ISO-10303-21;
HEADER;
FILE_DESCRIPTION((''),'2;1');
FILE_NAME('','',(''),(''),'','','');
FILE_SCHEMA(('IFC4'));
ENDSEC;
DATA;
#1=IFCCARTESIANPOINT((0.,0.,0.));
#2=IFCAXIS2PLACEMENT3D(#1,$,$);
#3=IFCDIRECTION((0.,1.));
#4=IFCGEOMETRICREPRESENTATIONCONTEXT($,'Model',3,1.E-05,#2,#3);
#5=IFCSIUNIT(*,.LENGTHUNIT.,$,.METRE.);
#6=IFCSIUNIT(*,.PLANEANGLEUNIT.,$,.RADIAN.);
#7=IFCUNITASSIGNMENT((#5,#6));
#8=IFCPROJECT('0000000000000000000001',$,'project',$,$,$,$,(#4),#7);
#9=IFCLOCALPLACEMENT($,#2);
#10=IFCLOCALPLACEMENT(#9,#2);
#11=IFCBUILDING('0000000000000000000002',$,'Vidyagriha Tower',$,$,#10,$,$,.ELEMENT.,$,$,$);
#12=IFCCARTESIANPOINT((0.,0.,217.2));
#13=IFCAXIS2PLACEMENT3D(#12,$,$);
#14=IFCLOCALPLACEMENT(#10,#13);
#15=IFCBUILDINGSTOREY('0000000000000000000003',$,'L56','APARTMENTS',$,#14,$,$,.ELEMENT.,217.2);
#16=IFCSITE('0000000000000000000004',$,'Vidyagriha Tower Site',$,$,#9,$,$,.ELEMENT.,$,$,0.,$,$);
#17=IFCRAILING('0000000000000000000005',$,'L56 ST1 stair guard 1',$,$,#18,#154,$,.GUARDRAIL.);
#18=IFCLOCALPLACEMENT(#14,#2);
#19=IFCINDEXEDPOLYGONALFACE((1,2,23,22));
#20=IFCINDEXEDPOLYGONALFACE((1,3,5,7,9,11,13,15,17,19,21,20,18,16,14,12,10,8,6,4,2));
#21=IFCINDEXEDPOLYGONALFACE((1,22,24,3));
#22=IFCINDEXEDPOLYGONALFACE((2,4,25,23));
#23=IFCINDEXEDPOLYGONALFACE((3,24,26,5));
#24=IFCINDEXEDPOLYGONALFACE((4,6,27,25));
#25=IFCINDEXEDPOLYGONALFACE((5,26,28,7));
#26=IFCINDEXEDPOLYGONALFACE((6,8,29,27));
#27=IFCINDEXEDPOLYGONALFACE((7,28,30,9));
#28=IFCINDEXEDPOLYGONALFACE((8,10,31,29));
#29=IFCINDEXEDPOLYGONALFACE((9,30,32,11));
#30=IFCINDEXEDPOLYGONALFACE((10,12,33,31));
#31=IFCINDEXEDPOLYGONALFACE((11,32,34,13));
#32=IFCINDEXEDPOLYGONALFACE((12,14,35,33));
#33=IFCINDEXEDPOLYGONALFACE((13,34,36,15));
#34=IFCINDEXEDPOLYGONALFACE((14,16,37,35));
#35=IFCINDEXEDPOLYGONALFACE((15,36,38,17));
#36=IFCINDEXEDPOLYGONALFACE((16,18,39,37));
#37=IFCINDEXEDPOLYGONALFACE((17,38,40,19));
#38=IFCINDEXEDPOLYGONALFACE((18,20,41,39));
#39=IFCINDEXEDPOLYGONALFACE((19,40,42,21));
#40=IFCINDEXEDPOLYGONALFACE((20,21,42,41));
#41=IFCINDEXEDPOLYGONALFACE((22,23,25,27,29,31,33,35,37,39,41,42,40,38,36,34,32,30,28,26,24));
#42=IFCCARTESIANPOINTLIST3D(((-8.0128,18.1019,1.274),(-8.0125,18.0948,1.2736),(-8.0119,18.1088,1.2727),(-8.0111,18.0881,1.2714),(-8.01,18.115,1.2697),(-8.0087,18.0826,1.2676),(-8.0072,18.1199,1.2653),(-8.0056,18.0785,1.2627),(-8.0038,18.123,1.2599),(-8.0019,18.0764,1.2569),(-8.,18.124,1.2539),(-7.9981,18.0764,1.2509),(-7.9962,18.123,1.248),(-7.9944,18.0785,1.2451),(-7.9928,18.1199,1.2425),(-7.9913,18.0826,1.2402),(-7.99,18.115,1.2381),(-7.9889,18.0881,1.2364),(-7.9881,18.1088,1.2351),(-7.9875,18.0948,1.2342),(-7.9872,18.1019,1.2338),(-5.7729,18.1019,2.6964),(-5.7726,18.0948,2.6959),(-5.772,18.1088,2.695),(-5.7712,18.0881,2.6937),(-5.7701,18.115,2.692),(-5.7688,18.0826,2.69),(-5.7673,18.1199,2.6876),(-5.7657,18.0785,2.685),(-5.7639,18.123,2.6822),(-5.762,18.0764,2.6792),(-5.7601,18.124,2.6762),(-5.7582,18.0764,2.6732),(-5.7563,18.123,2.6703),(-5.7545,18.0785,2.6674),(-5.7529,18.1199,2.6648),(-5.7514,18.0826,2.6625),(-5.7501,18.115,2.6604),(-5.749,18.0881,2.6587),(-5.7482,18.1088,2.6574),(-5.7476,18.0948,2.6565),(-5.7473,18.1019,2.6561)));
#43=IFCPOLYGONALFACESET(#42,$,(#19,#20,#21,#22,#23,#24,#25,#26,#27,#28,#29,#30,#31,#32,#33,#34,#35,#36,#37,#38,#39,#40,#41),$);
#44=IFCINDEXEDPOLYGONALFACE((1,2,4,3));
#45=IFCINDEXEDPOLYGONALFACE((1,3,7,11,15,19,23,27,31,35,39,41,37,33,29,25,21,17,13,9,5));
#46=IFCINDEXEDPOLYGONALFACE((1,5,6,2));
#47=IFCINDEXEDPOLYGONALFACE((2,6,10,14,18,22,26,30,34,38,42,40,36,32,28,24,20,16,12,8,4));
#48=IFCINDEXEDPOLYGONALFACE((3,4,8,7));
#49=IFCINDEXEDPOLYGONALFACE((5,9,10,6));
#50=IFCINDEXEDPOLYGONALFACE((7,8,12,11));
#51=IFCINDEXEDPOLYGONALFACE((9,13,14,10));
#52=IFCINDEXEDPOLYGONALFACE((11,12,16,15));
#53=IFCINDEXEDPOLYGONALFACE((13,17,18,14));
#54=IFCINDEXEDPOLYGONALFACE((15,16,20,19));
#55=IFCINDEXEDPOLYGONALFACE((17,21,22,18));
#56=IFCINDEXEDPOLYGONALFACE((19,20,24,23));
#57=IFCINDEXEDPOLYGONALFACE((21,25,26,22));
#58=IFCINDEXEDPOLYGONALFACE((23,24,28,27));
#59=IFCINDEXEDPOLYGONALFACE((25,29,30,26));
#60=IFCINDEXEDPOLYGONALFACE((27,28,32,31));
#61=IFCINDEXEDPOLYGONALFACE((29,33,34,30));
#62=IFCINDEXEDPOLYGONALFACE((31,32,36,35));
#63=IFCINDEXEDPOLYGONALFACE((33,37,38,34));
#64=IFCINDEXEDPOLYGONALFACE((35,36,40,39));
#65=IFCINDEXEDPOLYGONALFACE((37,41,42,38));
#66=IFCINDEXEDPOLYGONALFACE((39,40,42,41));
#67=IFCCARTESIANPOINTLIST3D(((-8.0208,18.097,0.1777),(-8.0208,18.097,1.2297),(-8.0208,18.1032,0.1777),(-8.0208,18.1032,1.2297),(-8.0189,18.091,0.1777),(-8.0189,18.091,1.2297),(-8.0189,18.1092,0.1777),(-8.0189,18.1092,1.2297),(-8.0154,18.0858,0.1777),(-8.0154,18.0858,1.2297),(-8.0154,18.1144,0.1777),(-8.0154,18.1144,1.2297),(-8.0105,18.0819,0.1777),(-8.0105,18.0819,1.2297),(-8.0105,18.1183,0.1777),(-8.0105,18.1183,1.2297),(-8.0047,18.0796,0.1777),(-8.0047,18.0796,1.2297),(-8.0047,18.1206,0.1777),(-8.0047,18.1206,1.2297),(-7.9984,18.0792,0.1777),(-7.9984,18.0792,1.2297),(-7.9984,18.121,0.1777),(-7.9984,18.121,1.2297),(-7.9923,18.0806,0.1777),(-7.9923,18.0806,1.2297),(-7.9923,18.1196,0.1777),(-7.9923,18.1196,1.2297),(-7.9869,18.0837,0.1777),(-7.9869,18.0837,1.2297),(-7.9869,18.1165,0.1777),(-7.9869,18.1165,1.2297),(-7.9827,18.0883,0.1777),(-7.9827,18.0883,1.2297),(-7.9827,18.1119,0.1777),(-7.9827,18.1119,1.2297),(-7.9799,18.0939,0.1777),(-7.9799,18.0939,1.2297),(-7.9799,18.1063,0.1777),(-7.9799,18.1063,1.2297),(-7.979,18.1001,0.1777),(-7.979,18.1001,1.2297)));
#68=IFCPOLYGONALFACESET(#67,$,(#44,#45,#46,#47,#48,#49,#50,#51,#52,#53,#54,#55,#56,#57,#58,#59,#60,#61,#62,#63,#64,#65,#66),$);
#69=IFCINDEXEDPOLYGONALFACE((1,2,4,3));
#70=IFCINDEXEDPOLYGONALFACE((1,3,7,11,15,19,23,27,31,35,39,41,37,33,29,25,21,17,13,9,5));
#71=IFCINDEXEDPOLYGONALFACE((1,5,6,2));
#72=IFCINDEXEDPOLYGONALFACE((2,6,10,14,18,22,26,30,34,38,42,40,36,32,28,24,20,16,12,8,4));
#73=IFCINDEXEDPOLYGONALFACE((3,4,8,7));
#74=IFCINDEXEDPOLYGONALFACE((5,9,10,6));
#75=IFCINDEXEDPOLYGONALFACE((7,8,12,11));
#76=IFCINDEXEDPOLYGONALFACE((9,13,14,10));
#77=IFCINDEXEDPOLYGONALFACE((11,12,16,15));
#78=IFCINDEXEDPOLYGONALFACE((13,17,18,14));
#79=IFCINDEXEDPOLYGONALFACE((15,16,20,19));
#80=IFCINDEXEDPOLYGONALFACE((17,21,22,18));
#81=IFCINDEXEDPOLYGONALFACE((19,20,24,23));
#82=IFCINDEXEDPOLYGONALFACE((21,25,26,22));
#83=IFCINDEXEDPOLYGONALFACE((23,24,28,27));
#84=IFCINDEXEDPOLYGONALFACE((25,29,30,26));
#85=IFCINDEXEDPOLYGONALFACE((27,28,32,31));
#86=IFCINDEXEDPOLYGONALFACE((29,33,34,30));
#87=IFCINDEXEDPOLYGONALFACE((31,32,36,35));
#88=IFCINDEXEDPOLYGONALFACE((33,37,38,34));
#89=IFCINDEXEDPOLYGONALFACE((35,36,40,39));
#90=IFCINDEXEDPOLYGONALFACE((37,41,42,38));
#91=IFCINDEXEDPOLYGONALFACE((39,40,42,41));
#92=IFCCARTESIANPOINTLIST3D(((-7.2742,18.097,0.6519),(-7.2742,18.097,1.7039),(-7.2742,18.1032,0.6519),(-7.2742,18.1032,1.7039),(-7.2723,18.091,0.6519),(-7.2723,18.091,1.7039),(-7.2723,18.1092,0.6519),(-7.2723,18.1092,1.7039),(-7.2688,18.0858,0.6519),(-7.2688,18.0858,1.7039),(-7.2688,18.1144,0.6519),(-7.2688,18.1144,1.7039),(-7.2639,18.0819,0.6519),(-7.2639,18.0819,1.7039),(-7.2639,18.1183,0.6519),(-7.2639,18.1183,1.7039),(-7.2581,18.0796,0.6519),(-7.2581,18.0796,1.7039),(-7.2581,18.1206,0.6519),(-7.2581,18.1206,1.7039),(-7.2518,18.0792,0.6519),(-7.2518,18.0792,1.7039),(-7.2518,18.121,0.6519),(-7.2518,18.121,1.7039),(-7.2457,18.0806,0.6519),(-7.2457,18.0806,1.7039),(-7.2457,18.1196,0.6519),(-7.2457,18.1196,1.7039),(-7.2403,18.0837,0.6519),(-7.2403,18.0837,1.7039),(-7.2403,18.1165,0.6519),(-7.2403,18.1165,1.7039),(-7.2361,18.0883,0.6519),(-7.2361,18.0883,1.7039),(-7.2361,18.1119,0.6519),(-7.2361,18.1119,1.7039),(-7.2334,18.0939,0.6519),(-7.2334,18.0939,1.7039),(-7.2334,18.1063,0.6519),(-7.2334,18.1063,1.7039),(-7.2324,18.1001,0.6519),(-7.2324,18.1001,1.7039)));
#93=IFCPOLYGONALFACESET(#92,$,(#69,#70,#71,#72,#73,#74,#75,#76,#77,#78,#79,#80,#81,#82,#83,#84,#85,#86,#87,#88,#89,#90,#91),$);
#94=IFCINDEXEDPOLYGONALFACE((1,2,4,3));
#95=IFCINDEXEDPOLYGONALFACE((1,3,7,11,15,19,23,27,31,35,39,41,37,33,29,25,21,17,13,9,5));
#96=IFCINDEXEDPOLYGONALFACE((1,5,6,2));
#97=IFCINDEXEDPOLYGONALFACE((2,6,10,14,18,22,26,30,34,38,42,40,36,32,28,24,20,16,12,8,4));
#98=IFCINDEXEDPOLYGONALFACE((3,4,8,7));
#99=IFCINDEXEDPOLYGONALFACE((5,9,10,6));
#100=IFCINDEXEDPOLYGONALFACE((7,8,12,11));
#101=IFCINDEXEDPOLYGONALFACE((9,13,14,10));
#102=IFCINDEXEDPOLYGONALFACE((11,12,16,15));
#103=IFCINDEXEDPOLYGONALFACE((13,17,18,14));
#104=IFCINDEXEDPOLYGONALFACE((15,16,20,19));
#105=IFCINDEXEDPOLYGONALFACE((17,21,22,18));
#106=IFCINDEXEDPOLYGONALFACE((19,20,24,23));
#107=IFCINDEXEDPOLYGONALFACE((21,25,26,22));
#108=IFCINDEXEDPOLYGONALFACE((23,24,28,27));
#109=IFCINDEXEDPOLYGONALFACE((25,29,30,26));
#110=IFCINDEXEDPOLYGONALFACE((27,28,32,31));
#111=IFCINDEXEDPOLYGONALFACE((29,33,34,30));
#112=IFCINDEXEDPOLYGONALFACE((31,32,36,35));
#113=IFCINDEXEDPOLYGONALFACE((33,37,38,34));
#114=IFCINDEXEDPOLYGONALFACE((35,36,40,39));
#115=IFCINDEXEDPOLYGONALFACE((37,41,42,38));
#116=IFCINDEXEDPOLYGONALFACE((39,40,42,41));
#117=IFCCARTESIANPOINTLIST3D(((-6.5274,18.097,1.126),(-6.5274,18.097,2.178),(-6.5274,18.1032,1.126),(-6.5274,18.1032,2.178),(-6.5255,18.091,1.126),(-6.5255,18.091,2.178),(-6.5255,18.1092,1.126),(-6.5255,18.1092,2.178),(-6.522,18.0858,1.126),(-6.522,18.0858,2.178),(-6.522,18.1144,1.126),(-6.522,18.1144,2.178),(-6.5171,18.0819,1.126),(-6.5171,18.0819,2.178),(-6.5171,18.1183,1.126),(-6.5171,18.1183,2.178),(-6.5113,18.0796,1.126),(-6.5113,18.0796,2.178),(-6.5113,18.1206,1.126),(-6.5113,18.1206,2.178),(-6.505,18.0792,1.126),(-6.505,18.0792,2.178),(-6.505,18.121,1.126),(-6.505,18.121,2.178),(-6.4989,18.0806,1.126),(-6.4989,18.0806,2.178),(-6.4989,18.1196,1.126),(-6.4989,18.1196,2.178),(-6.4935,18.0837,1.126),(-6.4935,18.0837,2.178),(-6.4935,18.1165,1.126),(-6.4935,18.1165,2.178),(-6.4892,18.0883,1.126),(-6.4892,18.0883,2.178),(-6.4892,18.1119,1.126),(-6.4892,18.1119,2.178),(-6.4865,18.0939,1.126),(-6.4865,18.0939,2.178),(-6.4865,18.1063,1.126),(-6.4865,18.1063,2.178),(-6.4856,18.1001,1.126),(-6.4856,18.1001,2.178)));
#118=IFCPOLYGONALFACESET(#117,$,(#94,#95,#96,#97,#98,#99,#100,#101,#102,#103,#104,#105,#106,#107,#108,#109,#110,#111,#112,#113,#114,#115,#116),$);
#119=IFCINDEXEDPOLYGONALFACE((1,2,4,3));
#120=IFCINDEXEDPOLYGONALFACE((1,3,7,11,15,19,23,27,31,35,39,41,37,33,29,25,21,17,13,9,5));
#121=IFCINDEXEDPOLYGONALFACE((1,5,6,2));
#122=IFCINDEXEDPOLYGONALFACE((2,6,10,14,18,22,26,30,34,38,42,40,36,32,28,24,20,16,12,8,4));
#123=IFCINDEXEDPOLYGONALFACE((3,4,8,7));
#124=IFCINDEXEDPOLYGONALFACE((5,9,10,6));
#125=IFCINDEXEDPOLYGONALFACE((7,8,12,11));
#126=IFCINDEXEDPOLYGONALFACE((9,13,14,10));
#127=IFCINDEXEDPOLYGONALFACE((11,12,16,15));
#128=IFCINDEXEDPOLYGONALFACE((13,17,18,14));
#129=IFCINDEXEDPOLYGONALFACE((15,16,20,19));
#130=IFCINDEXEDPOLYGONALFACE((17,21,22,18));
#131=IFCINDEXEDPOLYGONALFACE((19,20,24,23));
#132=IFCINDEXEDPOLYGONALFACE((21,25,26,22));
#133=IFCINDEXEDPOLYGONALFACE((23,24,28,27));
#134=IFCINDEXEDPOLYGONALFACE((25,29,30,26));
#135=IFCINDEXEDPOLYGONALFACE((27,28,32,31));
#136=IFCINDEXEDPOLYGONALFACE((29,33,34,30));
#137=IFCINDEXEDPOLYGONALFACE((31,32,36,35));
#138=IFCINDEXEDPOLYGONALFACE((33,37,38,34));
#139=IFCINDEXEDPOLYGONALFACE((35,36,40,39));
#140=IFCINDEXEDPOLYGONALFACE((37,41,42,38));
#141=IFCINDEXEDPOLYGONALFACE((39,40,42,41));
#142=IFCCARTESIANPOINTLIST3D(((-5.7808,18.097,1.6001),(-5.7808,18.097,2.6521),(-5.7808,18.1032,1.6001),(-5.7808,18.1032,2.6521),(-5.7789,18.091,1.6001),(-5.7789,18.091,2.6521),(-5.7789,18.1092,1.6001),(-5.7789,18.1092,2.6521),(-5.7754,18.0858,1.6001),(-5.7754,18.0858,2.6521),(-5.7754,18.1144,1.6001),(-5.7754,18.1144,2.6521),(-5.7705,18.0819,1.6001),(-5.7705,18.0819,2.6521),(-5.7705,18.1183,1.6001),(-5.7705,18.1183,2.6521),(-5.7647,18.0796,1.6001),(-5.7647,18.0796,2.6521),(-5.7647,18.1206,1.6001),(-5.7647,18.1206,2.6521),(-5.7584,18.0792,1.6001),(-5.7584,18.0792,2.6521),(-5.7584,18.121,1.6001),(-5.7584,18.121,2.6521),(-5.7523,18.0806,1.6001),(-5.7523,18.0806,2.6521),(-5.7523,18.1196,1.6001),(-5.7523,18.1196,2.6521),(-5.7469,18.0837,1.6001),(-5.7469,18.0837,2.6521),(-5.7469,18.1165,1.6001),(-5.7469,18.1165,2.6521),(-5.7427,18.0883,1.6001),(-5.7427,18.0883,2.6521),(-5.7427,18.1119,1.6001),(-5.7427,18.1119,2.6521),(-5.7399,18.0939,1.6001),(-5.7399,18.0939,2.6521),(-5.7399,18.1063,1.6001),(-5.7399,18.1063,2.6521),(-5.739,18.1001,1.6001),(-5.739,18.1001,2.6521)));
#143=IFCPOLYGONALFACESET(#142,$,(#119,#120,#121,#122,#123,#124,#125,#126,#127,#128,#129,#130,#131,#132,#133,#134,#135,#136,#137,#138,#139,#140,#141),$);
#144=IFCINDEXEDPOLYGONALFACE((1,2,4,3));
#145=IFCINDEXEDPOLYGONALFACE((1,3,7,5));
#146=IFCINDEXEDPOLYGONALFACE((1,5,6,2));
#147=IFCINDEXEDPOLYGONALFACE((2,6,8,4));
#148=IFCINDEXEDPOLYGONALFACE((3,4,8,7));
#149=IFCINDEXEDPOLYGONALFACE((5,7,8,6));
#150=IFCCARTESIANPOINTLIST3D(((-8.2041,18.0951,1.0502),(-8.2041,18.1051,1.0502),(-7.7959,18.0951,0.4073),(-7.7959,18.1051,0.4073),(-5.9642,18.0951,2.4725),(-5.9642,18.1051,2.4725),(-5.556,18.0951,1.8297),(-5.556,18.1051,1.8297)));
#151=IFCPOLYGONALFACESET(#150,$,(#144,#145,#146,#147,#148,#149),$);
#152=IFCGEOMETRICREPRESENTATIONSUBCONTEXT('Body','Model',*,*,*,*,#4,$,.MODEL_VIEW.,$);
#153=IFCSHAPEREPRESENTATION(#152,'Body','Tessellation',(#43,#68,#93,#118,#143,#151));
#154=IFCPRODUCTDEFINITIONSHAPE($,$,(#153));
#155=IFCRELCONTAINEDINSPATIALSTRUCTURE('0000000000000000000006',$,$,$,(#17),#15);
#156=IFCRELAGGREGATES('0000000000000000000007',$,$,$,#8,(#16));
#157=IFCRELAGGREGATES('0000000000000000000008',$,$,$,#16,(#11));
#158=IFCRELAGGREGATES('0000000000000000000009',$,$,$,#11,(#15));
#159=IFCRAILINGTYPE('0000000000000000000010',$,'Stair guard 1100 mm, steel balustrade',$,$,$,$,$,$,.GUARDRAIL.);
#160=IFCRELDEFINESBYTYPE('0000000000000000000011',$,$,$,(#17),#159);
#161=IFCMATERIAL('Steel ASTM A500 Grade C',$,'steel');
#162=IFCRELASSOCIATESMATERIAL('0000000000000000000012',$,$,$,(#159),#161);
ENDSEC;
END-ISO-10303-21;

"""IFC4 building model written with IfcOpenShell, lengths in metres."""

from ifc_helpers import new_model, si_unit, direction, frame, origin, origin_2d, place, context, subcontext, project, spatial, rectangle, circle, extrude, material, type_object, element, save


model = new_model("IFC4")

# Units and contexts
model_context = context("Model", 3, precision=1e-05, world=origin(), true_north=direction((0.0, 1.0)))
body_context = subcontext(model_context, "Body", "Model", "MODEL_VIEW")
ifc_project = project(units=[si_unit("LENGTHUNIT", "METRE"), si_unit("PLANEANGLEUNIT", "RADIAN")], contexts=[model_context])

# Site, building, storey
site_placement = place(None, origin())
site = spatial("IfcSite", under=ifc_project, at=site_placement, Name="Vidyagriha Tower Site", CompositionType="ELEMENT", RefElevation=0.0)
building_placement = place(site_placement, origin())
building = spatial("IfcBuilding", under=site, at=building_placement, Name="Vidyagriha Tower", CompositionType="ELEMENT")
storey_placement = place(building_placement, frame((0.0, 0.0, 217.2)))
storey = spatial("IfcBuildingStorey", under=building, at=storey_placement, Name="L56", Description="APARTMENTS", CompositionType="ELEMENT", Elevation=217.2)

# Railing
ifc_material_1 = material(Name="Steel ASTM A500 Grade C", Category="steel")
railing_type_1 = type_object("IfcRailingType", Name="Stair guard 1100 mm, steel balustrade", PredefinedType="GUARDRAIL", material=ifc_material_1)
railing_1_placement = place(storey_placement, frame((-8.0, 18.1001, 0.1777)))
element("IfcRailing", 1, at=railing_1_placement, inside=storey, type_object=railing_type_1, Name="L56 ST1 stair guard 1", PredefinedType="GUARDRAIL", context=body_context, shape_type="SweptSolid", body=[
    extrude(circle(Radius=0.0239, at=origin_2d()), frame((0.0, 0.0, 1.0762), z_axis=(0.844188, 0.0, 0.536048), x_axis=(0.0, 1.0, 0.0)), (0.0, 0.0, 1.0), 2.6533),
    extrude(circle(Radius=0.021, at=origin_2d()), origin(), (0.0, 0.0, 1.0), 1.052),
    extrude(circle(Radius=0.021, at=origin_2d()), frame((0.7466, 0.0, 0.4741)), (0.0, 0.0, 1.0), 1.052),
    extrude(circle(Radius=0.021, at=origin_2d()), frame((1.4934, 0.0, 0.9482)), (0.0, 0.0, 1.0), 1.052),
    extrude(circle(Radius=0.021, at=origin_2d()), frame((2.24, 0.0, 1.4224)), (0.0, 0.0, 1.0), 1.052),
    extrude(rectangle(XDim=0.01, YDim=0.7615, at=origin_2d()), frame((0.0, 0.0, 0.551), z_axis=(0.844188, 0.0, 0.536048), x_axis=(0.0, 1.0, 0.0)), (0.0, 0.0, 1.0), 2.6533),
])

save(model, "model.ifc")
